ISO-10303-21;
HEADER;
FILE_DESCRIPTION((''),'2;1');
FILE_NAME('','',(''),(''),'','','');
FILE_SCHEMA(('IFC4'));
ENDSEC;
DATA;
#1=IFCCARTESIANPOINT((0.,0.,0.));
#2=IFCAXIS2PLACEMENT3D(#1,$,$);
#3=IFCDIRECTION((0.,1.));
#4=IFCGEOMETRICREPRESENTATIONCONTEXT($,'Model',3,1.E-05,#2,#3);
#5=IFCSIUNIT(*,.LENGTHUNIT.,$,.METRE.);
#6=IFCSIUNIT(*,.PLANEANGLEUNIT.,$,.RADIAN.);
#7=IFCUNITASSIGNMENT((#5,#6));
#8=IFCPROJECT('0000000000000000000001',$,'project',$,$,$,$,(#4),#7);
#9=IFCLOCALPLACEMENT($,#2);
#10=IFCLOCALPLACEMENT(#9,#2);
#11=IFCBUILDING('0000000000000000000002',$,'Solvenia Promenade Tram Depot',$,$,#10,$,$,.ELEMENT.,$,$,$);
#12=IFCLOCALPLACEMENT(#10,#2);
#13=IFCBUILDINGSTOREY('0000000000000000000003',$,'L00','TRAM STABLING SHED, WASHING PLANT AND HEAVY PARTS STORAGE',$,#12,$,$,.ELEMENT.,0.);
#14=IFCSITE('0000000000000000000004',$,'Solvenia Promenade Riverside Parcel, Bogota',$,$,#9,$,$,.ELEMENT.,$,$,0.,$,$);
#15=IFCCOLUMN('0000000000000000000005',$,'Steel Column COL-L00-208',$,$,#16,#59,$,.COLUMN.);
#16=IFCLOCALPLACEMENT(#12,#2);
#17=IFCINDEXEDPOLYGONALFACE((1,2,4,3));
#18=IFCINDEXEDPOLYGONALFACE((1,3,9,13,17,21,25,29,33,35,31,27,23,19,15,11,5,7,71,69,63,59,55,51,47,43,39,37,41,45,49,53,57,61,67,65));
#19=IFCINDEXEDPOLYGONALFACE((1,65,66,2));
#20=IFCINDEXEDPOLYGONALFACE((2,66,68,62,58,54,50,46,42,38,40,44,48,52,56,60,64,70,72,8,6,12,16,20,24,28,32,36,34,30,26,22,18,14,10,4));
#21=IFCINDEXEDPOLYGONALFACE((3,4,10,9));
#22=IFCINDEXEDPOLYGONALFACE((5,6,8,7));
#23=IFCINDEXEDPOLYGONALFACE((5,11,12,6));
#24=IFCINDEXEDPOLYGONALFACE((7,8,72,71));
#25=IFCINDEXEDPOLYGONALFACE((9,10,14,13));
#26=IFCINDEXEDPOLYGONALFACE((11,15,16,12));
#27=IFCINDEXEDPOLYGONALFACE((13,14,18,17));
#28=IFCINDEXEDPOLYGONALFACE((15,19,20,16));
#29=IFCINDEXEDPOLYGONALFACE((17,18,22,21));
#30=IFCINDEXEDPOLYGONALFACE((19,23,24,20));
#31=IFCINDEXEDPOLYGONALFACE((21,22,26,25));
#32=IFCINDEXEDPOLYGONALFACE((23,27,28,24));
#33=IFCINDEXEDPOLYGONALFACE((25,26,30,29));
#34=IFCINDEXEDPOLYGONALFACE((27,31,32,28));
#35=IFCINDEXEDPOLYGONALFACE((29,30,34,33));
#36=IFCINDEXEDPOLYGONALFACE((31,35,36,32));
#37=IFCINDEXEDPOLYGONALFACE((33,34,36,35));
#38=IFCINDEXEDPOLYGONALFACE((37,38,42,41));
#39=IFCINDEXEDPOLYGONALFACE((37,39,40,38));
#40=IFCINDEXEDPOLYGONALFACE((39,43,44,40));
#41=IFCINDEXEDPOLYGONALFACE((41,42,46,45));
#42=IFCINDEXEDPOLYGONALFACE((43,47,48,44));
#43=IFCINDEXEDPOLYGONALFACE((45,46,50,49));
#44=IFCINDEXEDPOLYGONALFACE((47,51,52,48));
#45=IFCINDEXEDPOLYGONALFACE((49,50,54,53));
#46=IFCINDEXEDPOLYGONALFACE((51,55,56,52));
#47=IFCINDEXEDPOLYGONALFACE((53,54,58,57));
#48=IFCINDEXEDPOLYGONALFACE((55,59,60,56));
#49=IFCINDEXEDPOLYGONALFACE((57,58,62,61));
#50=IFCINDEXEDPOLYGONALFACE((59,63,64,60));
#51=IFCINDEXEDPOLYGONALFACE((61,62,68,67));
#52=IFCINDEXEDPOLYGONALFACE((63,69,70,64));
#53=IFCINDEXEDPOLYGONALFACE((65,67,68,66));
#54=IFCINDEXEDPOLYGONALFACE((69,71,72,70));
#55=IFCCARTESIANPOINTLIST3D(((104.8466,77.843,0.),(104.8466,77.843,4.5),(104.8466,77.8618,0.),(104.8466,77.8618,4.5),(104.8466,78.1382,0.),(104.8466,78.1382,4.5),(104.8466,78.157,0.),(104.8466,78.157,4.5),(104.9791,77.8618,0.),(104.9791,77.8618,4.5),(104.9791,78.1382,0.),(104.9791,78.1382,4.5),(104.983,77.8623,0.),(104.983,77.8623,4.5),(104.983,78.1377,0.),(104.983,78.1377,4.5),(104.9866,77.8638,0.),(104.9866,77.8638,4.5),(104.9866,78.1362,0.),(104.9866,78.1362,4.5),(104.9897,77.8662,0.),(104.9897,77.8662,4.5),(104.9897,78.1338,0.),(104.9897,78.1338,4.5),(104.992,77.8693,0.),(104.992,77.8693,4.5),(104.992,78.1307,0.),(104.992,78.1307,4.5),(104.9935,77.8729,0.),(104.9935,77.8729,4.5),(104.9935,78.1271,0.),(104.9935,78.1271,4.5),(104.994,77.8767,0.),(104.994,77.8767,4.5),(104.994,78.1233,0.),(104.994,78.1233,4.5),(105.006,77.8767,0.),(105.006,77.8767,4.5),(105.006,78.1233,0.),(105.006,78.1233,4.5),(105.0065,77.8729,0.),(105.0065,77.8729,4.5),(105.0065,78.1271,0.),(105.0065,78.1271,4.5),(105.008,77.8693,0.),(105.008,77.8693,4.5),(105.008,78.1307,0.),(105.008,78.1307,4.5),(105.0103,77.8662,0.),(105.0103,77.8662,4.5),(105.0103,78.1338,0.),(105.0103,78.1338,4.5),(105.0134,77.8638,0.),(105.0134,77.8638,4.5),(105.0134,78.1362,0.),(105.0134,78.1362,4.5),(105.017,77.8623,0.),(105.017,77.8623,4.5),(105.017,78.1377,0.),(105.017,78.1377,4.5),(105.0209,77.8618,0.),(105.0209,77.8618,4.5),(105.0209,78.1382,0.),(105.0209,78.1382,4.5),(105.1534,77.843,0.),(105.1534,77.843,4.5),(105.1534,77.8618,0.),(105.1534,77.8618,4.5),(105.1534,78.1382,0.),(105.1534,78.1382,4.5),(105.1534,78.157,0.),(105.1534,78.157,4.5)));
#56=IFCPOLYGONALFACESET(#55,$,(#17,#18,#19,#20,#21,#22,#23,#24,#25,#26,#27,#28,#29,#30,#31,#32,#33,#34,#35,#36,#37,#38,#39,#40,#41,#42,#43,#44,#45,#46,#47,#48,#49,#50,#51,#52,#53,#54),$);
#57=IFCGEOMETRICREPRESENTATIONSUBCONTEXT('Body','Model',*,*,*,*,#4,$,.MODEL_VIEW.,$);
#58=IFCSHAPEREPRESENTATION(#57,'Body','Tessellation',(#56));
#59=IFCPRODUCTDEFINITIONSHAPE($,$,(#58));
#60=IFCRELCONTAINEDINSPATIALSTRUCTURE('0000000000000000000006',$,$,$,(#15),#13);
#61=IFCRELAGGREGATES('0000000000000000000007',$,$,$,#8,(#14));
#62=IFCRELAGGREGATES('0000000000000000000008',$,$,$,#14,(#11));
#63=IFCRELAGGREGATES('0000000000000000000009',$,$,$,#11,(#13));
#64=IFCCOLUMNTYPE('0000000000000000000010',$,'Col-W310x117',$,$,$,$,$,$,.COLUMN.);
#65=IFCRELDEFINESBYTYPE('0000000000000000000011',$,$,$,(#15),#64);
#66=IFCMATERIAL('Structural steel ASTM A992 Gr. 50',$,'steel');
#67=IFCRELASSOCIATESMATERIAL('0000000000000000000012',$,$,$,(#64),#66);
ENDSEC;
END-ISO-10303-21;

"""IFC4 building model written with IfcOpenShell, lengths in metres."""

from ifc_helpers import new_model, si_unit, direction, frame, origin, origin_2d, place, context, subcontext, project, spatial, i_section, extrude, material, material_profile, profile_set, type_object, element, save


model = new_model("IFC4")

# Units and contexts
model_context = context("Model", 3, precision=1e-05, world=origin(), true_north=direction((0.0, 1.0)))
body_context = subcontext(model_context, "Body", "Model", "MODEL_VIEW")
ifc_project = project(units=[si_unit("LENGTHUNIT", "METRE"), si_unit("PLANEANGLEUNIT", "RADIAN")], contexts=[model_context])

# Site, building, storey
site_placement = place(None, origin())
site = spatial("IfcSite", under=ifc_project, at=site_placement, Name="Solvenia Promenade Riverside Parcel, Bogota", CompositionType="ELEMENT", RefElevation=0.0)
building_placement = place(site_placement, origin())
building = spatial("IfcBuilding", under=site, at=building_placement, Name="Solvenia Promenade Tram Depot", CompositionType="ELEMENT")
storey_placement = place(building_placement, origin())
storey = spatial("IfcBuildingStorey", under=building, at=storey_placement, Name="L00", Description="TRAM STABLING SHED, WASHING PLANT AND HEAVY PARTS STORAGE", CompositionType="ELEMENT", Elevation=0.0)

# Column
ifc_material_1 = material(Name="Structural steel ASTM A992 Gr. 50", Category="steel")
ifc_material_profile_1 = material_profile(ifc_material_1, i_section(OverallWidth=0.3069, OverallDepth=0.314, WebThickness=0.012, FlangeThickness=0.0188, FilletRadius=0.0149, at=origin_2d()), Name="W310x117", Category="steel")
ifc_profile_set_1 = profile_set([ifc_material_profile_1], Name="Structural steel ASTM A992 Gr. 50")
column_type = type_object("IfcColumnType", Name="Col-W310x117", PredefinedType="COLUMN", material=ifc_profile_set_1)
for number, where, z_axis, x_axis, name in (
    (1, (105.0, 78.0, 0.0), (0.0, 0.0, 1.0), (1.0, 0.0, 0.0), "Steel Column COL-L00-208"),
):
    element("IfcColumn", number, at=place(storey_placement, frame(where, z_axis=z_axis, x_axis=x_axis)), inside=storey, type_object=column_type, Name=name, PredefinedType="COLUMN", context=body_context, shape_type="SweptSolid", body=[
        extrude(i_section(OverallWidth=0.3069, OverallDepth=0.314, WebThickness=0.012, FlangeThickness=0.0188, FilletRadius=0.0149, at=origin_2d()), origin(), (0.0, 0.0, 1.0), 4.5),
    ])

save(model, "model.ifc")
